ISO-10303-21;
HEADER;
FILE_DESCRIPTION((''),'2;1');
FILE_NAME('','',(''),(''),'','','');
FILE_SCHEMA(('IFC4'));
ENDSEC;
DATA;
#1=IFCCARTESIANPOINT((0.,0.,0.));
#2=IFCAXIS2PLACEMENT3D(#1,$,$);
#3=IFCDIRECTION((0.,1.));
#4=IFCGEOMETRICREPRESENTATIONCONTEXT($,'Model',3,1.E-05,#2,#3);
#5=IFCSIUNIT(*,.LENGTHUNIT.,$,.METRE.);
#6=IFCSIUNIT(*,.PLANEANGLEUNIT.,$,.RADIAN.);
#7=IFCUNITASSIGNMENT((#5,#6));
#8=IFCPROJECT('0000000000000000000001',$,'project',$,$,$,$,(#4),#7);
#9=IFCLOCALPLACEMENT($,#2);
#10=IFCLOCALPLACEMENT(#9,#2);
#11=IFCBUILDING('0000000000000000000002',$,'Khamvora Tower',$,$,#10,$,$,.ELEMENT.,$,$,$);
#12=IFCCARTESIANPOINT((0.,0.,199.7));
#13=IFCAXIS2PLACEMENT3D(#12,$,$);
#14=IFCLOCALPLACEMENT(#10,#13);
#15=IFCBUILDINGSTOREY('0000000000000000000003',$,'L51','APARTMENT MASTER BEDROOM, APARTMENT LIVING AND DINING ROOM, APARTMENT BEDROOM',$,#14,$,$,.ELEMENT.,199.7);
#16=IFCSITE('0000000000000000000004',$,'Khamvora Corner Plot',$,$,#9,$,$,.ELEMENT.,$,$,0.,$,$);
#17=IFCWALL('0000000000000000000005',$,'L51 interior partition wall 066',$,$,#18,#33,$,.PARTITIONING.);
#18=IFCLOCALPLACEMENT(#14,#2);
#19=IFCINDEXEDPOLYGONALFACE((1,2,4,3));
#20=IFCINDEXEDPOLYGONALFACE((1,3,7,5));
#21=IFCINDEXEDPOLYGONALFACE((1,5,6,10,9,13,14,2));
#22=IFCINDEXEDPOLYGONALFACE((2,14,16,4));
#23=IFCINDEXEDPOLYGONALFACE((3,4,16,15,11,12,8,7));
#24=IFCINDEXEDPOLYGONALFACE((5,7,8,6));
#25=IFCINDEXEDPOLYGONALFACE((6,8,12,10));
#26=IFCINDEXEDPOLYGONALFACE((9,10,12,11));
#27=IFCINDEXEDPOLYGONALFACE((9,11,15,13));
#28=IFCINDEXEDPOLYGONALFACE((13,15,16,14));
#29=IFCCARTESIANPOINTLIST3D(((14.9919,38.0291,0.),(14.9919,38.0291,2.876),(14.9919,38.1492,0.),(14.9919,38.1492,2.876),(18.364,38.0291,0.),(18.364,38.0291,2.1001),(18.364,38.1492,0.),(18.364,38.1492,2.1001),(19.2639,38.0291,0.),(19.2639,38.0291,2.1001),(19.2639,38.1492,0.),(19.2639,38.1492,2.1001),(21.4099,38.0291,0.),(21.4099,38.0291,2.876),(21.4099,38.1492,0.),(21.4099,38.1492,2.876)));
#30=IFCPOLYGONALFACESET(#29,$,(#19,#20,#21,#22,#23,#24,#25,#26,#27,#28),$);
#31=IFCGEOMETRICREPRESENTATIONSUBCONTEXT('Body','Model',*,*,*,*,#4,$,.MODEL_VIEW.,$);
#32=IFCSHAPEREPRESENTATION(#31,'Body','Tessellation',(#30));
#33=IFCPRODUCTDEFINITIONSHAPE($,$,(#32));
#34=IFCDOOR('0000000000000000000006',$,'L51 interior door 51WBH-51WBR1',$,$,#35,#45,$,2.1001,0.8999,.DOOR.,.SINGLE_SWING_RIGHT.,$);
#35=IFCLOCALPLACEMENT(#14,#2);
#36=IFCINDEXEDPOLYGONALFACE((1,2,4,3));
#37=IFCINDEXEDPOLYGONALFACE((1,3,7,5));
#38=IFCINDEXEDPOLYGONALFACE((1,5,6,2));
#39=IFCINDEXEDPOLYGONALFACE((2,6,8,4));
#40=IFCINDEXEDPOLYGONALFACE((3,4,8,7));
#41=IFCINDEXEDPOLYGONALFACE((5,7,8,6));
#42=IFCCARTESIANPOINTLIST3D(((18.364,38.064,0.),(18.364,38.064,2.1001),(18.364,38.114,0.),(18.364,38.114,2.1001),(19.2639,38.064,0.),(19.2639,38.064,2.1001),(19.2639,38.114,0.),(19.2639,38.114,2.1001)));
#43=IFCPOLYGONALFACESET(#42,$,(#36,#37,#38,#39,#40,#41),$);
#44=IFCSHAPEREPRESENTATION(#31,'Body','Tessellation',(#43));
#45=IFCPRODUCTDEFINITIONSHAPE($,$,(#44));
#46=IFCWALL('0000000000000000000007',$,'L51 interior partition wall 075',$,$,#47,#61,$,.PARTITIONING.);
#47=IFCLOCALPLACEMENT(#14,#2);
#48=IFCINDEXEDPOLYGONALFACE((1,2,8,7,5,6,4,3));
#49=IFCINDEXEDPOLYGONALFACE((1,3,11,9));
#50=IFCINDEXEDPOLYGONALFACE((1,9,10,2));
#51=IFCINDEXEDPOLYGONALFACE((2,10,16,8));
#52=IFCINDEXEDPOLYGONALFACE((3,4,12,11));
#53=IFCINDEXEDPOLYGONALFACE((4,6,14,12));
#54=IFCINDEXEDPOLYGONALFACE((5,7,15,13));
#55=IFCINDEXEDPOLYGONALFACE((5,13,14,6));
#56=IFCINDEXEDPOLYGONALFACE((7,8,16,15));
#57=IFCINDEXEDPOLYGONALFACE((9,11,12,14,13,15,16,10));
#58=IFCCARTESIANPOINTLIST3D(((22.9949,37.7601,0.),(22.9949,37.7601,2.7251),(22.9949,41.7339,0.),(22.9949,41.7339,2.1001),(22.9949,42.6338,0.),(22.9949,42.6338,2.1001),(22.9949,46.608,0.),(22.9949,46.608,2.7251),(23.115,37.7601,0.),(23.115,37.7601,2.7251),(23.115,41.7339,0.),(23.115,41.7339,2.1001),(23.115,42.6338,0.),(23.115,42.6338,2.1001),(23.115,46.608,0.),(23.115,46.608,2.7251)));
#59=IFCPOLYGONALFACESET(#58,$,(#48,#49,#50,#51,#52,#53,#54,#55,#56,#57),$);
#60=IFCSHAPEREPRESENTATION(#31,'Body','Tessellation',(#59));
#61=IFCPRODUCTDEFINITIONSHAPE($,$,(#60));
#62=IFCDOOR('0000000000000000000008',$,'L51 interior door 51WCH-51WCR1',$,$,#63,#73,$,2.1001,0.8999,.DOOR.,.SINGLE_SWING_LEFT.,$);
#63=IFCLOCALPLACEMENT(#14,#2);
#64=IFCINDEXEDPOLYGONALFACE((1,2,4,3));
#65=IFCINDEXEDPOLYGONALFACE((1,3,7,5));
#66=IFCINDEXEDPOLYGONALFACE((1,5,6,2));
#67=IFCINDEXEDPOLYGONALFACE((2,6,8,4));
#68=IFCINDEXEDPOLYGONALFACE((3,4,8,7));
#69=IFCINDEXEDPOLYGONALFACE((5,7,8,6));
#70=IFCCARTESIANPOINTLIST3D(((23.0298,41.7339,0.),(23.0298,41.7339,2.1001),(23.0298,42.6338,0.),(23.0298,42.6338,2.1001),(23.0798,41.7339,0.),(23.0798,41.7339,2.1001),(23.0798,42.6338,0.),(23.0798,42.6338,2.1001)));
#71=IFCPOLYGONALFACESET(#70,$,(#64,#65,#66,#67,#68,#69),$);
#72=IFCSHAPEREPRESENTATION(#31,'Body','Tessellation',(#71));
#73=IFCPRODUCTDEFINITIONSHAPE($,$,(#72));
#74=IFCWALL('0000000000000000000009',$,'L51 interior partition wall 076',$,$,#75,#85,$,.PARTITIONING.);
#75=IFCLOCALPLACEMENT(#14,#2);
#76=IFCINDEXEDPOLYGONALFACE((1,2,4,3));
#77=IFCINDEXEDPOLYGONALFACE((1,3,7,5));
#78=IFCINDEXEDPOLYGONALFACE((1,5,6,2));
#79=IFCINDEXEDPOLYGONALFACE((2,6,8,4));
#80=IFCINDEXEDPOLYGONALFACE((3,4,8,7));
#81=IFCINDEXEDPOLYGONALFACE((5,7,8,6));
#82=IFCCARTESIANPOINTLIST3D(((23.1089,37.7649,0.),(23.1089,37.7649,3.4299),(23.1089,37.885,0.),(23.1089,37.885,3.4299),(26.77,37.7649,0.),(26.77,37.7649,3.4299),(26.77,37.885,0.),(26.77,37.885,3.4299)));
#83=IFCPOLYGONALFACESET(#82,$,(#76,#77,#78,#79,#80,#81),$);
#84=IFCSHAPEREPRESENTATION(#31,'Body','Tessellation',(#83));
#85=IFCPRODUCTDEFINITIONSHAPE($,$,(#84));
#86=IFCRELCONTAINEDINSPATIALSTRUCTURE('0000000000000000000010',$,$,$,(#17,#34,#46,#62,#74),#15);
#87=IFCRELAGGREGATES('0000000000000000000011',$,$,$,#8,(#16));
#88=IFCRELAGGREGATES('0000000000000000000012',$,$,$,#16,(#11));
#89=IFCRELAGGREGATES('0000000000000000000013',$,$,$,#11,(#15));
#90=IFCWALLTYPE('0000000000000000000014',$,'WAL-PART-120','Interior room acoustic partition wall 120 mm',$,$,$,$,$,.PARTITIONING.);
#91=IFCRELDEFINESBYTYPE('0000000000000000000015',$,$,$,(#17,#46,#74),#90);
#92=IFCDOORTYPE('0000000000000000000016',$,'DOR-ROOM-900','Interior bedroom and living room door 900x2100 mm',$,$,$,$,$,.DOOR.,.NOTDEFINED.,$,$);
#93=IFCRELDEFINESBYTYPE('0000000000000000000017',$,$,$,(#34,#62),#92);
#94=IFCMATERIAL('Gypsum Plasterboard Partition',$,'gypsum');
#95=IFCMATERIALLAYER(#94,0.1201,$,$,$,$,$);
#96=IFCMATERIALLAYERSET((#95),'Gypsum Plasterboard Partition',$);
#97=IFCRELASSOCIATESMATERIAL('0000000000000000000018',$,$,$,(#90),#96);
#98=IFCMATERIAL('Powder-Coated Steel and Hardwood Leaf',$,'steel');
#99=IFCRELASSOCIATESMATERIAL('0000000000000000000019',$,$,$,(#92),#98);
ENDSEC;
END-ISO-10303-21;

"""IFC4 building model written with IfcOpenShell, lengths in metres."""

from ifc_helpers import new_model, si_unit, direction, frame, frame_2d, origin, place, context, subcontext, project, spatial, rectangle, extrude, material, layer, layer_set, type_object, element, fill, save


model = new_model("IFC4")

# Units and contexts
model_context = context("Model", 3, precision=1e-05, world=origin(), true_north=direction((0.0, 1.0)))
body_context = subcontext(model_context, "Body", "Model", "MODEL_VIEW")
ifc_project = project(units=[si_unit("LENGTHUNIT", "METRE"), si_unit("PLANEANGLEUNIT", "RADIAN")], contexts=[model_context])

# Site, building, storey
site_placement = place(None, origin())
site = spatial("IfcSite", under=ifc_project, at=site_placement, Name="Khamvora Corner Plot", CompositionType="ELEMENT", RefElevation=0.0)
building_placement = place(site_placement, origin())
building = spatial("IfcBuilding", under=site, at=building_placement, Name="Khamvora Tower", CompositionType="ELEMENT")
storey_placement = place(building_placement, frame((0.0, 0.0, 199.7)))
storey = spatial("IfcBuildingStorey", under=building, at=storey_placement, Name="L51", Description="APARTMENT MASTER BEDROOM, APARTMENT LIVING AND DINING ROOM, APARTMENT BEDROOM", CompositionType="ELEMENT", Elevation=199.7)

# Shared definitions
ifc_material_1 = material(Name="Gypsum Plasterboard Partition", Category="gypsum")
ifc_layer_1 = layer(ifc_material_1, 0.1201)
ifc_layer_set_1 = layer_set([ifc_layer_1], Name="Gypsum Plasterboard Partition")
wall_type_1 = type_object("IfcWallType", Name="WAL-PART-120", Description="Interior room acoustic partition wall 120 mm", PredefinedType="PARTITIONING", material=ifc_layer_set_1)

# Walls, openings, doors
wall_1_placement = place(storey_placement, frame((14.9919, 38.0891, 0.0), z_axis=(0.0, 0.0, 1.0), x_axis=(1.0, 0.0, 0.0)))
wall_1 = element("IfcWall", 1, at=wall_1_placement, inside=storey, type_object=wall_type_1, Name="L51 interior partition wall 066", PredefinedType="PARTITIONING", context=body_context, shape_type="SweptSolid", body=[
    extrude(rectangle(XDim=6.418, YDim=0.1201, at=frame_2d((3.209, 0.0))), origin(), (0.0, 0.0, 1.0), 2.876),
])
opening_1_placement = place(wall_1_placement, frame((3.3721, 0.0, 0.0)))
opening_1 = element("IfcOpeningElement", 2, at=opening_1_placement, cuts=wall_1, PredefinedType="OPENING", context=body_context, shape_type="SweptSolid", body=[
    extrude(rectangle(XDim=0.8999, YDim=2.1001, at=frame_2d((0.45, 1.05))), frame((0.0, 0.0701, 0.0), z_axis=(0.0, -1.0, 0.0), x_axis=(1.0, 0.0, 0.0)), (0.0, 0.0, 1.0), 0.1401),
])
ifc_material_2 = material(Name="Powder-Coated Steel and Hardwood Leaf", Category="steel")
door_type = type_object("IfcDoorType", Name="DOR-ROOM-900", Description="Interior bedroom and living room door 900x2100 mm", OperationType="NOTDEFINED", PredefinedType="DOOR", material=ifc_material_2)
door_1_placement = place(opening_1_placement, origin())
door_1 = element("IfcDoor", 3, at=door_1_placement, inside=storey, type_object=door_type, Name="L51 interior door 51WBH-51WBR1", OperationType="SINGLE_SWING_RIGHT", OverallHeight=2.1001, OverallWidth=0.8999, PredefinedType="DOOR", context=body_context, shape_type="SweptSolid", body=[
    extrude(rectangle(XDim=0.8999, YDim=2.1001, at=frame_2d((0.45, 1.05))), frame((0.0, 0.0249, 0.0), z_axis=(0.0, -1.0, 0.0), x_axis=(1.0, 0.0, 0.0)), (0.0, 0.0, 1.0), 0.05),
])
fill(opening_1, door_1)
wall_2_placement = place(storey_placement, frame((23.0549, 46.6079, 0.0), z_axis=(0.0, 0.0, 1.0), x_axis=(0.0, -1.0, 0.0)))
wall_2 = element("IfcWall", 4, at=wall_2_placement, inside=storey, type_object=wall_type_1, Name="L51 interior partition wall 075", PredefinedType="PARTITIONING", context=body_context, shape_type="SweptSolid", body=[
    extrude(rectangle(XDim=8.8479, YDim=0.1201, at=frame_2d((4.4238, 0.0))), origin(), (0.0, 0.0, 1.0), 2.7251),
])
opening_2_placement = place(wall_2_placement, frame((3.9741, 0.0, 0.0)))
opening_2 = element("IfcOpeningElement", 5, at=opening_2_placement, cuts=wall_2, PredefinedType="OPENING", context=body_context, shape_type="SweptSolid", body=[
    extrude(rectangle(XDim=0.8999, YDim=2.1001, at=frame_2d((0.45, 1.05))), frame((0.0, 0.0701, 0.0), z_axis=(0.0, -1.0, 0.0), x_axis=(1.0, 0.0, 0.0)), (0.0, 0.0, 1.0), 0.1401),
])
door_2_placement = place(opening_2_placement, origin())
door_2 = element("IfcDoor", 6, at=door_2_placement, inside=storey, type_object=door_type, Name="L51 interior door 51WCH-51WCR1", OperationType="SINGLE_SWING_LEFT", OverallHeight=2.1001, OverallWidth=0.8999, PredefinedType="DOOR", context=body_context, shape_type="SweptSolid", body=[
    extrude(rectangle(XDim=0.8999, YDim=2.1001, at=frame_2d((0.45, 1.05))), frame((0.0, 0.0249, 0.0), z_axis=(0.0, -1.0, 0.0), x_axis=(1.0, 0.0, 0.0)), (0.0, 0.0, 1.0), 0.05),
])
fill(opening_2, door_2)

# Wall
wall_3_placement = place(storey_placement, frame((23.1089, 37.825, 0.0), z_axis=(0.0, 0.0, 1.0), x_axis=(1.0, 0.0, 0.0)))
element("IfcWall", 7, at=wall_3_placement, inside=storey, type_object=wall_type_1, Name="L51 interior partition wall 076", PredefinedType="PARTITIONING", context=body_context, shape_type="SweptSolid", body=[
    extrude(rectangle(XDim=3.6611, YDim=0.1201, at=frame_2d((1.8306, 0.0))), origin(), (0.0, 0.0, 1.0), 3.4299),
])

save(model, "model.ifc")
